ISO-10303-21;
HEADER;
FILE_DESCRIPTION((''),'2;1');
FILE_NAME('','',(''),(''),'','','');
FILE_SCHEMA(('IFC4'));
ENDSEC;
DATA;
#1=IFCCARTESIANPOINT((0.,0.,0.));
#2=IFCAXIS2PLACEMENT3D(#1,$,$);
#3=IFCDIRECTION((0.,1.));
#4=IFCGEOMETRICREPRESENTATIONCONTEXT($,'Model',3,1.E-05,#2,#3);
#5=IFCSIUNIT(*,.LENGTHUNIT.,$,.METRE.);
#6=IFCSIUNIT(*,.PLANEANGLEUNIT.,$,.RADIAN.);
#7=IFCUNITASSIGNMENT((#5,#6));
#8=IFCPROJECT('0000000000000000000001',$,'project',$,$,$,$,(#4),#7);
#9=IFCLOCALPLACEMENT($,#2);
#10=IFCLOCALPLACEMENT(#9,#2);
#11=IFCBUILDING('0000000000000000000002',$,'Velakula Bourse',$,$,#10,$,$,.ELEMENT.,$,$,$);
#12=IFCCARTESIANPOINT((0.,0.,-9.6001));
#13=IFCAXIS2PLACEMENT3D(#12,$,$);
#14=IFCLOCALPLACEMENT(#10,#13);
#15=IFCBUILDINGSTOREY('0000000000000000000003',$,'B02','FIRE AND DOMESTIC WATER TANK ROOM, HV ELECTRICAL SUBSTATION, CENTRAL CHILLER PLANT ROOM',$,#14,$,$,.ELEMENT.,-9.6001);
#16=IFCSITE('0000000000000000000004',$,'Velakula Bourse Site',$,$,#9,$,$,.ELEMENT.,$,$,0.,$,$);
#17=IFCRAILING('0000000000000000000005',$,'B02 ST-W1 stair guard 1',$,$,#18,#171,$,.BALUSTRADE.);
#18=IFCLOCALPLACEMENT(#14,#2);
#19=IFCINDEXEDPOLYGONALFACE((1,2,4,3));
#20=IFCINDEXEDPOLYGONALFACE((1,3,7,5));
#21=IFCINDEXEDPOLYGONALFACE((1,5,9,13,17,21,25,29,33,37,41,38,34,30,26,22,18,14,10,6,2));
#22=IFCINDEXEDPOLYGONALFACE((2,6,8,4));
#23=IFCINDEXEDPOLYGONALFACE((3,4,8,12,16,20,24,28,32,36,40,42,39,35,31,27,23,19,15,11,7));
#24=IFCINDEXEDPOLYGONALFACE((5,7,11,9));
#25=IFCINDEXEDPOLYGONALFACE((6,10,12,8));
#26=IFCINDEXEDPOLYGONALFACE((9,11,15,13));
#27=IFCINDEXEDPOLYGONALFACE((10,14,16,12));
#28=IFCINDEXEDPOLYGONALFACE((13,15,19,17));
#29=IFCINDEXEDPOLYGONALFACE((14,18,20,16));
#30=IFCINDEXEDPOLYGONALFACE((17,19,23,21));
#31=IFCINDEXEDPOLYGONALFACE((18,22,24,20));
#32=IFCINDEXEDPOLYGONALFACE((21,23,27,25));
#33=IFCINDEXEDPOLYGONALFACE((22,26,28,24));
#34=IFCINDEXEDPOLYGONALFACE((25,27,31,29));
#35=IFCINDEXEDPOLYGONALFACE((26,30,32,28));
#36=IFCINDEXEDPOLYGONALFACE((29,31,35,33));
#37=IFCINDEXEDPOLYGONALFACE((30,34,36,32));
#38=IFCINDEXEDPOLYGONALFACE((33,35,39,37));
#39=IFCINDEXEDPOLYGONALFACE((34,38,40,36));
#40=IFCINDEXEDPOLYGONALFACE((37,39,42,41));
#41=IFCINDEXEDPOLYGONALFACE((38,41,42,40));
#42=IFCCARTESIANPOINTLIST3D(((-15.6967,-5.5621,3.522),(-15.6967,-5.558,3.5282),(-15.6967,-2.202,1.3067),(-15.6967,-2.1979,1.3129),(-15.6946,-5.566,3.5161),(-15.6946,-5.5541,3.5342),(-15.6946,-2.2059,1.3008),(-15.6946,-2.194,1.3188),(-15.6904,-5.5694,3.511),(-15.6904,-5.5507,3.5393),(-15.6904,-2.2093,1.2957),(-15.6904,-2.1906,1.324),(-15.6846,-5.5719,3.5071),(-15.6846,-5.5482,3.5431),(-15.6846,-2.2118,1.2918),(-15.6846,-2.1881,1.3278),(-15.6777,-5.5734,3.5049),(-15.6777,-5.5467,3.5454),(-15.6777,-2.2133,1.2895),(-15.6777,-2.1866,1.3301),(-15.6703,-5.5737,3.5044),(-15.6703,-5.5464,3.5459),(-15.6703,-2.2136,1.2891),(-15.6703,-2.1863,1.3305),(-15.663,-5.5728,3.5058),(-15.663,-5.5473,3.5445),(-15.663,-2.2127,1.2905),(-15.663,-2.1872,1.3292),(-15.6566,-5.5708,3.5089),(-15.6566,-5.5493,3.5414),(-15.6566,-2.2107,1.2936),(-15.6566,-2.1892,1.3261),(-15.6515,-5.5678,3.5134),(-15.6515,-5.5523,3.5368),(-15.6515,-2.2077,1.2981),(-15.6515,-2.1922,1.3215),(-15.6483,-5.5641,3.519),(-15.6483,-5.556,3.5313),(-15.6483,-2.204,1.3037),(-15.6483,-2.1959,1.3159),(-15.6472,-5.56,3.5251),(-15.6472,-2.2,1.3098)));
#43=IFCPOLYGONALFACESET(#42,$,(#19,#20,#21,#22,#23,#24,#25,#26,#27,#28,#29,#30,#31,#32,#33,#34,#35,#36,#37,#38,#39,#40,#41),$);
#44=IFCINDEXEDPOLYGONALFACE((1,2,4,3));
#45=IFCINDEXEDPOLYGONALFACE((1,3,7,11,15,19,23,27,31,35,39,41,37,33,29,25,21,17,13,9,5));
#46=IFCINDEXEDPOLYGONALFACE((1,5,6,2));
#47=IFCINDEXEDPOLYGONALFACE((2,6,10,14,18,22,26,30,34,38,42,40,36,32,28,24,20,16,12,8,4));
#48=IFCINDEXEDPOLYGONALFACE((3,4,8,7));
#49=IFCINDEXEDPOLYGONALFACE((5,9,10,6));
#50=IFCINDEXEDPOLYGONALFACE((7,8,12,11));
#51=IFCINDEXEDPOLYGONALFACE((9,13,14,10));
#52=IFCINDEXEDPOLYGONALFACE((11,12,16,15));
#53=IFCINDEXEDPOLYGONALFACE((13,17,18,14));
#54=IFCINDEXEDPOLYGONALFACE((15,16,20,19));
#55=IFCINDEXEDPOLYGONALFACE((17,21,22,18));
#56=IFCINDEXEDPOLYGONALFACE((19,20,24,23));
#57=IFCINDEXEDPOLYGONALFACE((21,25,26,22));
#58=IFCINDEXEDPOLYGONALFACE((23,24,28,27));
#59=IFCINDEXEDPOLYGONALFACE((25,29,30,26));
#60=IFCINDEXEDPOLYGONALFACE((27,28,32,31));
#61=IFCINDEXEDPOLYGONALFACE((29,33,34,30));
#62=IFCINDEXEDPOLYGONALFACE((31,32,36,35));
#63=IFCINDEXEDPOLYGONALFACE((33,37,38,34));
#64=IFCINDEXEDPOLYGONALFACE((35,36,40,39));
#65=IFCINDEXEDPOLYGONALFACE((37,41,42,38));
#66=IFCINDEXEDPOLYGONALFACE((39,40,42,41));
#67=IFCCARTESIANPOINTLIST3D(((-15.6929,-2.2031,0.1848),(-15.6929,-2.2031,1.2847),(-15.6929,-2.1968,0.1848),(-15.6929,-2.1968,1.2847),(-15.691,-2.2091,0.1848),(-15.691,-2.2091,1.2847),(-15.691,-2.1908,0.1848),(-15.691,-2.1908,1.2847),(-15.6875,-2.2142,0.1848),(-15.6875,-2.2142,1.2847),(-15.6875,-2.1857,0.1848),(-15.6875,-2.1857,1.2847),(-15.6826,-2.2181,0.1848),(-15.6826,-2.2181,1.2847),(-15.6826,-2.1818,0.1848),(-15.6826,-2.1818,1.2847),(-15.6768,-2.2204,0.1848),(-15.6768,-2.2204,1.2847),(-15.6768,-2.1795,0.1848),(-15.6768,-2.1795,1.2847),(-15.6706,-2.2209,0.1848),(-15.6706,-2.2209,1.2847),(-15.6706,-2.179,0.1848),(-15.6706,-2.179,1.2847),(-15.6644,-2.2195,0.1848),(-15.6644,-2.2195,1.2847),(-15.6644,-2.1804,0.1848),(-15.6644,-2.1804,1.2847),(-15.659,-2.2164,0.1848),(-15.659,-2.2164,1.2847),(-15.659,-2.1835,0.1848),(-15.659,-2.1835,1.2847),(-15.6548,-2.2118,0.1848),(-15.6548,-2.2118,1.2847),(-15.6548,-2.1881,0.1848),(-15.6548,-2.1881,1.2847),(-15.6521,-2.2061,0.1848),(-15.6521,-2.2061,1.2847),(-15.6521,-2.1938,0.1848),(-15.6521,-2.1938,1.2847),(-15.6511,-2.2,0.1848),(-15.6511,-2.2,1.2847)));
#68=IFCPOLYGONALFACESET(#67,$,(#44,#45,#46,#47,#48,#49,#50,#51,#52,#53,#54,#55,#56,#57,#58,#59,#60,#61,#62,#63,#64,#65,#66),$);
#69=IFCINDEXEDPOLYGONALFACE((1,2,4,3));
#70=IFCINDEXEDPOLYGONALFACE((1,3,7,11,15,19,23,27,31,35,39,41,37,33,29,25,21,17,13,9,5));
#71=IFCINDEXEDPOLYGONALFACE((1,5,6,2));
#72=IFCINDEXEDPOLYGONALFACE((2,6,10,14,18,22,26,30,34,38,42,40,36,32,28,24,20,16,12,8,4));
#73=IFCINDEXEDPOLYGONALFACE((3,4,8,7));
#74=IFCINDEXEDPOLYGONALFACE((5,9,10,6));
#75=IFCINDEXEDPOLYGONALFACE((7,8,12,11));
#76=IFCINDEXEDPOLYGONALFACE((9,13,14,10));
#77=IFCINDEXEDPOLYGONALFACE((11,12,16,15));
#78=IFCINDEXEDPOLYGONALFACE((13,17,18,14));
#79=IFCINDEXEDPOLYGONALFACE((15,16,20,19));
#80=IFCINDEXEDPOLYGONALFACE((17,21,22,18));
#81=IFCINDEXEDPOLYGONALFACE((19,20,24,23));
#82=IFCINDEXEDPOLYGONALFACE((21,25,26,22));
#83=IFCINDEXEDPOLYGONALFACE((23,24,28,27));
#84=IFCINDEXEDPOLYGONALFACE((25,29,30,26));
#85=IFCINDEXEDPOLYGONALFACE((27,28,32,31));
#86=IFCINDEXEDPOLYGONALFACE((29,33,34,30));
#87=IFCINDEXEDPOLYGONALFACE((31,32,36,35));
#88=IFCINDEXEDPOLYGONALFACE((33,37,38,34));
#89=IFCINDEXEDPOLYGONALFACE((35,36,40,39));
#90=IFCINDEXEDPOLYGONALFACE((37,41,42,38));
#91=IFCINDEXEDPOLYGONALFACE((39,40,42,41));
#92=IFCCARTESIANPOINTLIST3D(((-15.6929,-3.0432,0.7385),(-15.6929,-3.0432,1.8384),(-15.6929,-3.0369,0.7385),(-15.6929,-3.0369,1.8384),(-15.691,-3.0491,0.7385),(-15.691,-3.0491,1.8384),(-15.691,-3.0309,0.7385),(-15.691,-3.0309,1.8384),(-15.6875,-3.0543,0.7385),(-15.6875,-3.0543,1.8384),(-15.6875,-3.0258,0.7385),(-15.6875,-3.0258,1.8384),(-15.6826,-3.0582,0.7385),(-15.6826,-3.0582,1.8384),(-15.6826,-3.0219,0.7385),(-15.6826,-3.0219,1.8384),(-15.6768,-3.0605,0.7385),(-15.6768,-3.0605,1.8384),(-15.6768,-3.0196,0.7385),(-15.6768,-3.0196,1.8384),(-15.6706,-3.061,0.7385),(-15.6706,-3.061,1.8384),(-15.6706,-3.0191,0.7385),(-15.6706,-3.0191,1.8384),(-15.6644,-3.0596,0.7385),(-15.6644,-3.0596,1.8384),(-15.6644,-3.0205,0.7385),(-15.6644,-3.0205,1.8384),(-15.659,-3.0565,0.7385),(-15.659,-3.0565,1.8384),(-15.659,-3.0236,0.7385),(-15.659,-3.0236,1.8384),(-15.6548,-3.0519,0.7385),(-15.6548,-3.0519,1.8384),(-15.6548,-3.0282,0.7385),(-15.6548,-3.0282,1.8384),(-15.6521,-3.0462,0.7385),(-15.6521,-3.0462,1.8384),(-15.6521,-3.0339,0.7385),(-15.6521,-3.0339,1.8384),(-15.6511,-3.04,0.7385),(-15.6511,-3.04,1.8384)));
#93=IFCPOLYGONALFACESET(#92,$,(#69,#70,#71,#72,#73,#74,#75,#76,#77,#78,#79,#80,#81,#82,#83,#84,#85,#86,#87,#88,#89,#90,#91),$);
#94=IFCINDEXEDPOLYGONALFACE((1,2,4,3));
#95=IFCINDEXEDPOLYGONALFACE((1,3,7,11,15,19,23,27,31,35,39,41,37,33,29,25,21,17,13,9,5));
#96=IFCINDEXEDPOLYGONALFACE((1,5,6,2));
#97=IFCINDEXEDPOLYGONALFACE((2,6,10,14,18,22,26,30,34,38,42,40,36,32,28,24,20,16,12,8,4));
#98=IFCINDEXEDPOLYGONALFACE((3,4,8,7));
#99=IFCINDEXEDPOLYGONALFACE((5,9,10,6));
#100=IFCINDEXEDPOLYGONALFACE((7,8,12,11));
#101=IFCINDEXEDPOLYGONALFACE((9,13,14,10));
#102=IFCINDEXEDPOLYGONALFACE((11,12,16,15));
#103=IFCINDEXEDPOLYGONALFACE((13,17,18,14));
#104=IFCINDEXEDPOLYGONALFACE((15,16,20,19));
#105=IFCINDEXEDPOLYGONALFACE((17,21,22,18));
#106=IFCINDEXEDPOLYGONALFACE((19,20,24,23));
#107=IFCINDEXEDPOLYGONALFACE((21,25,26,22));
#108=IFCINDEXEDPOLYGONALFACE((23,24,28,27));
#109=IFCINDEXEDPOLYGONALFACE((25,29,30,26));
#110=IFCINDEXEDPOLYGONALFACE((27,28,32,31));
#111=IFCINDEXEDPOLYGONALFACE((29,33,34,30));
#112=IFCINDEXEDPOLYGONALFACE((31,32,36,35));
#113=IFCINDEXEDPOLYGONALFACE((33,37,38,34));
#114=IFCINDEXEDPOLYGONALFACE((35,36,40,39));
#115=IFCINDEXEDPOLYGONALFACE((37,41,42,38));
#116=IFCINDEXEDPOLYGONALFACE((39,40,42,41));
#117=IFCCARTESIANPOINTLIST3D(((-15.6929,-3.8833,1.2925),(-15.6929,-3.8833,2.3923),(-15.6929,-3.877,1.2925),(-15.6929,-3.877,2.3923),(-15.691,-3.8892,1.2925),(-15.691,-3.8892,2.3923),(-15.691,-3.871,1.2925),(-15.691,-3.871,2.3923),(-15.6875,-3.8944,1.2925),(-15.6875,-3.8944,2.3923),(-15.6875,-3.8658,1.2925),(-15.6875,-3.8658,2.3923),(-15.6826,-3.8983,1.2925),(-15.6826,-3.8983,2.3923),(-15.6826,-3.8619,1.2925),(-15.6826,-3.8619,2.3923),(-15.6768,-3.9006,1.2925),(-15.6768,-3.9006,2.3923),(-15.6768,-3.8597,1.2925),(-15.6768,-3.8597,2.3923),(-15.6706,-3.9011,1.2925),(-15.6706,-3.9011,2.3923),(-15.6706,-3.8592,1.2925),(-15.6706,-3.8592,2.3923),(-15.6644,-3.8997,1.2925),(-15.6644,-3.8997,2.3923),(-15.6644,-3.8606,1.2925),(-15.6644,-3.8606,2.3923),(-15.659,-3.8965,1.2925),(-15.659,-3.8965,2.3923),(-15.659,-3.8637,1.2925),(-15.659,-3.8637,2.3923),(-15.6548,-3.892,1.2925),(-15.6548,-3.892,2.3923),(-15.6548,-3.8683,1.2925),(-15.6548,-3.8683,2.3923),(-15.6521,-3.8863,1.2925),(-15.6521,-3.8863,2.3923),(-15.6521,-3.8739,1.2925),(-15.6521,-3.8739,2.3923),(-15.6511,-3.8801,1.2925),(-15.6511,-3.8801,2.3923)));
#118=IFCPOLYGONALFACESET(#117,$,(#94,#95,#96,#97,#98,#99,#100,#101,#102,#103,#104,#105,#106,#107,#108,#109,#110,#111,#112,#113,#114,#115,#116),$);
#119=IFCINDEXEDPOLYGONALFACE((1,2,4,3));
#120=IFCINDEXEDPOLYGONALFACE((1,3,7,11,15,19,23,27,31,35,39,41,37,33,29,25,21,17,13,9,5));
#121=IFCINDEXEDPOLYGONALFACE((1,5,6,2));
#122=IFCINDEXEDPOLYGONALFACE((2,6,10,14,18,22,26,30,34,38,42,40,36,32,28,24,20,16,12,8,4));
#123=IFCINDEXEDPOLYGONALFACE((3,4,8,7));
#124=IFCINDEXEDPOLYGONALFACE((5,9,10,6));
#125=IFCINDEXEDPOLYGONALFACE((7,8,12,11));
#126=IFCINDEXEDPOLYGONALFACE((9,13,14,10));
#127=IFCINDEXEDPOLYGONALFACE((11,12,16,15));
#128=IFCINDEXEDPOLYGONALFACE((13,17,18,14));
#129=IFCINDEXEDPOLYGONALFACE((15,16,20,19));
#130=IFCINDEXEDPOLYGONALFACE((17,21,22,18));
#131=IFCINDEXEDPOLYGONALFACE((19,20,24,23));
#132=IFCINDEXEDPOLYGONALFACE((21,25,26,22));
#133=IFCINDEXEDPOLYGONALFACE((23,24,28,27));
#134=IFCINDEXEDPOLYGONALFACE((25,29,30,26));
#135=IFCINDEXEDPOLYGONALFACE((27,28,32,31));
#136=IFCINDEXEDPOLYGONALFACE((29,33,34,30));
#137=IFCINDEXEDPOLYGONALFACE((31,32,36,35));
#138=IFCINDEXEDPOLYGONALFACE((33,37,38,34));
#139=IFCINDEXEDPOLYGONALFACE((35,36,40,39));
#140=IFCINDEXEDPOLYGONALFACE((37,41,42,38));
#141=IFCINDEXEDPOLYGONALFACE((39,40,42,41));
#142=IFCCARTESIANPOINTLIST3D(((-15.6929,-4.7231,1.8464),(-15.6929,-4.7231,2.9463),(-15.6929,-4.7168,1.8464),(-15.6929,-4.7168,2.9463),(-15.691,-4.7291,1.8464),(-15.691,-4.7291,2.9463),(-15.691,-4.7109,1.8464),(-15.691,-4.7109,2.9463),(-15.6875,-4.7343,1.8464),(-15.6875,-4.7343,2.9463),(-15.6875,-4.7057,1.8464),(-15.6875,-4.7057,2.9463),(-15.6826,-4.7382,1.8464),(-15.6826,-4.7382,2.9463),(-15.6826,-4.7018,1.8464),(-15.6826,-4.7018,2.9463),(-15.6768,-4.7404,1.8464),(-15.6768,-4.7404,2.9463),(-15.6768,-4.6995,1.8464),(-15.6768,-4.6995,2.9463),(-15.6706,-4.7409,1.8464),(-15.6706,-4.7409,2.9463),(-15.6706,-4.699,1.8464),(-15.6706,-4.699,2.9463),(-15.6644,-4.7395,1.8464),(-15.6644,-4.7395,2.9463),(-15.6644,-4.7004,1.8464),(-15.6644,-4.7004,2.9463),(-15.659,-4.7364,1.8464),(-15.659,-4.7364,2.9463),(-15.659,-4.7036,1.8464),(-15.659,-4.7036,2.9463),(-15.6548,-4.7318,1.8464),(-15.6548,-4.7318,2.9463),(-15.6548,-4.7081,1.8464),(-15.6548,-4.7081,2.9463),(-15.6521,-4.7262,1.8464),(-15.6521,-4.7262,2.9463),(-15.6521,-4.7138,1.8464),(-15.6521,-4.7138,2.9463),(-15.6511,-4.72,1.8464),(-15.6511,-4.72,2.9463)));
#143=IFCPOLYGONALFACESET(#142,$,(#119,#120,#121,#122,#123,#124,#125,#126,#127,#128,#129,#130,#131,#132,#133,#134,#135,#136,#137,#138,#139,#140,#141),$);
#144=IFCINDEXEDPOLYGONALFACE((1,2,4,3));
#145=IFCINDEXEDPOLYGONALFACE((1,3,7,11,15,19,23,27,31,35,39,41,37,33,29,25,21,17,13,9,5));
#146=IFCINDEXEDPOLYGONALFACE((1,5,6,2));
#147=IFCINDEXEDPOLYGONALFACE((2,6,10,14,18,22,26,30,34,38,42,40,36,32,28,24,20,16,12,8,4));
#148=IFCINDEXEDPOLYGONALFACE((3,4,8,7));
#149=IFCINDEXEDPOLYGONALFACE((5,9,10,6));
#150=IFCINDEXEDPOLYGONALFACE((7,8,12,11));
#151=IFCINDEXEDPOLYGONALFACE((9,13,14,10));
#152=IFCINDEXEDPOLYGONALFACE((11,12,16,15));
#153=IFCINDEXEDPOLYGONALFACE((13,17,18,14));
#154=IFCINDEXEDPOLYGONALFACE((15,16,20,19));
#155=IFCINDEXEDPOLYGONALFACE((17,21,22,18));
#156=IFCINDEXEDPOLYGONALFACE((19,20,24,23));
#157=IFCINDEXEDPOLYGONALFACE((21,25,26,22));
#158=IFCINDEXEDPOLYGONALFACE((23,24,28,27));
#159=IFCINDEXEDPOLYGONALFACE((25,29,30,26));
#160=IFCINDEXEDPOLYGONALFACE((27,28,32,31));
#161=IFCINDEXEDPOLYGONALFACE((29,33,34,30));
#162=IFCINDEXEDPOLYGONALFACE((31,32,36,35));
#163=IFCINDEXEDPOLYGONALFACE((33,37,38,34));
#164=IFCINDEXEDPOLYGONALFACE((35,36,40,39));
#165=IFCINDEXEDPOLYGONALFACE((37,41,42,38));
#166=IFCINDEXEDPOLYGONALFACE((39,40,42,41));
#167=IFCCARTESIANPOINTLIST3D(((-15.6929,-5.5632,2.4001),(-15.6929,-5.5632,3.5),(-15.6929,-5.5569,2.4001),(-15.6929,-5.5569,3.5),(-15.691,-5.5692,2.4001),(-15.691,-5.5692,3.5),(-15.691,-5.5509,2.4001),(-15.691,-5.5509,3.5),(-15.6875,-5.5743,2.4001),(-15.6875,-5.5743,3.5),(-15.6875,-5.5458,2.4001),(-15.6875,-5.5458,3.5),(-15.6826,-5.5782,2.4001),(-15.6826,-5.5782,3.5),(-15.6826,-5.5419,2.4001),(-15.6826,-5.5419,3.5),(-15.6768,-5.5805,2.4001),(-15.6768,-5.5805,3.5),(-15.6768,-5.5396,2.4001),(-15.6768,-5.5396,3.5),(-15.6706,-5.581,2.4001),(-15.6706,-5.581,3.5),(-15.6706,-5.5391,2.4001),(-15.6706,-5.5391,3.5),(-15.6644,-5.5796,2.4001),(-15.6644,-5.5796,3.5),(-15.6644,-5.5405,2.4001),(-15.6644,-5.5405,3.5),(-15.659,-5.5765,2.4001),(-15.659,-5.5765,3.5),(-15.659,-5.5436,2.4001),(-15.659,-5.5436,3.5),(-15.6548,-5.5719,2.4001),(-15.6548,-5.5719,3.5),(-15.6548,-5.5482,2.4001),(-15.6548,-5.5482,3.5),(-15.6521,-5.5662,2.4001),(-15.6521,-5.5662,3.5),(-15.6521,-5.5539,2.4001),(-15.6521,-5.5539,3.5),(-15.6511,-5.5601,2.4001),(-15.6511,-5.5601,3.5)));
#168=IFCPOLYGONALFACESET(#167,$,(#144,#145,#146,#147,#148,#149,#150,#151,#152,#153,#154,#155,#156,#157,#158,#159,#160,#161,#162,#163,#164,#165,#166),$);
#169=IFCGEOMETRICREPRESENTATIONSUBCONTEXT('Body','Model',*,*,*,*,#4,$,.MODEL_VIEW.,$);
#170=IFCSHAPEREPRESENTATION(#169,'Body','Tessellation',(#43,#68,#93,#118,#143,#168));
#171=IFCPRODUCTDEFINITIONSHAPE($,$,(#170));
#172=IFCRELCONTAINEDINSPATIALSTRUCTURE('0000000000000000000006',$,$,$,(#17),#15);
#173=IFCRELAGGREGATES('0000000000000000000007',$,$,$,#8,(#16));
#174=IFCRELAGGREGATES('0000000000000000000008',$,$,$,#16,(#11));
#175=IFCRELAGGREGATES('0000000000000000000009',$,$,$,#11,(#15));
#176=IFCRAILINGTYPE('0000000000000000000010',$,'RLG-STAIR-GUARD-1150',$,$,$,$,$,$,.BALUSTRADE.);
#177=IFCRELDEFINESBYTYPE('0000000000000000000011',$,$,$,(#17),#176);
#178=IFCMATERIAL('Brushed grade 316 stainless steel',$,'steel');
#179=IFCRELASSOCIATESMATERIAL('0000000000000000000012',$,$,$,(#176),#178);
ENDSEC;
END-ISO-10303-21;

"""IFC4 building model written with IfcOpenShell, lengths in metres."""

from ifc_helpers import new_model, si_unit, direction, frame, origin, origin_2d, place, context, subcontext, project, spatial, circle, extrude, material, type_object, element, save


model = new_model("IFC4")

# Units and contexts
model_context = context("Model", 3, precision=1e-05, world=origin(), true_north=direction((0.0, 1.0)))
body_context = subcontext(model_context, "Body", "Model", "MODEL_VIEW")
ifc_project = project(units=[si_unit("LENGTHUNIT", "METRE"), si_unit("PLANEANGLEUNIT", "RADIAN")], contexts=[model_context])

# Site, building, storey
site_placement = place(None, origin())
site = spatial("IfcSite", under=ifc_project, at=site_placement, Name="Velakula Bourse Site", CompositionType="ELEMENT", RefElevation=0.0)
building_placement = place(site_placement, origin())
building = spatial("IfcBuilding", under=site, at=building_placement, Name="Velakula Bourse", CompositionType="ELEMENT")
storey_placement = place(building_placement, frame((0.0, 0.0, -9.6001)))
storey = spatial("IfcBuildingStorey", under=building, at=storey_placement, Name="B02", Description="FIRE AND DOMESTIC WATER TANK ROOM, HV ELECTRICAL SUBSTATION, CENTRAL CHILLER PLANT ROOM", CompositionType="ELEMENT", Elevation=-9.6001)

# Shared definitions
ifc_material_1 = material(Name="Brushed grade 316 stainless steel", Category="steel")

# Railing
railing_type_1 = type_object("IfcRailingType", Name="RLG-STAIR-GUARD-1150", PredefinedType="BALUSTRADE", material=ifc_material_1)
railing_1_placement = place(storey_placement, frame((-15.6721, -2.2, 0.1848)))
element("IfcRailing", 1, at=railing_1_placement, inside=storey, type_object=railing_type_1, Name="B02 ST-W1 stair guard 1", PredefinedType="BALUSTRADE", context=body_context, shape_type="SweptSolid", body=[
    extrude(circle(Radius=0.0249, at=origin_2d()), frame((0.0, 0.0, 1.125), z_axis=(0.0, -0.834876, 0.550437), x_axis=(1.0, 0.0, 0.0)), (0.0, 0.0, 1.0), 4.0247),
    extrude(circle(Radius=0.021, at=origin_2d()), origin(), (0.0, 0.0, 1.0), 1.0999),
    extrude(circle(Radius=0.021, at=origin_2d()), frame((0.0, -0.8401, 0.5537)), (0.0, 0.0, 1.0), 1.0999),
    extrude(circle(Radius=0.021, at=origin_2d()), frame((0.0, -1.6802, 1.1077)), (0.0, 0.0, 1.0), 1.0999),
    extrude(circle(Radius=0.021, at=origin_2d()), frame((0.0, -2.52, 1.6616)), (0.0, 0.0, 1.0), 1.0999),
    extrude(circle(Radius=0.021, at=origin_2d()), frame((0.0, -3.3601, 2.2153)), (0.0, 0.0, 1.0), 1.0999),
])

save(model, "model.ifc")
